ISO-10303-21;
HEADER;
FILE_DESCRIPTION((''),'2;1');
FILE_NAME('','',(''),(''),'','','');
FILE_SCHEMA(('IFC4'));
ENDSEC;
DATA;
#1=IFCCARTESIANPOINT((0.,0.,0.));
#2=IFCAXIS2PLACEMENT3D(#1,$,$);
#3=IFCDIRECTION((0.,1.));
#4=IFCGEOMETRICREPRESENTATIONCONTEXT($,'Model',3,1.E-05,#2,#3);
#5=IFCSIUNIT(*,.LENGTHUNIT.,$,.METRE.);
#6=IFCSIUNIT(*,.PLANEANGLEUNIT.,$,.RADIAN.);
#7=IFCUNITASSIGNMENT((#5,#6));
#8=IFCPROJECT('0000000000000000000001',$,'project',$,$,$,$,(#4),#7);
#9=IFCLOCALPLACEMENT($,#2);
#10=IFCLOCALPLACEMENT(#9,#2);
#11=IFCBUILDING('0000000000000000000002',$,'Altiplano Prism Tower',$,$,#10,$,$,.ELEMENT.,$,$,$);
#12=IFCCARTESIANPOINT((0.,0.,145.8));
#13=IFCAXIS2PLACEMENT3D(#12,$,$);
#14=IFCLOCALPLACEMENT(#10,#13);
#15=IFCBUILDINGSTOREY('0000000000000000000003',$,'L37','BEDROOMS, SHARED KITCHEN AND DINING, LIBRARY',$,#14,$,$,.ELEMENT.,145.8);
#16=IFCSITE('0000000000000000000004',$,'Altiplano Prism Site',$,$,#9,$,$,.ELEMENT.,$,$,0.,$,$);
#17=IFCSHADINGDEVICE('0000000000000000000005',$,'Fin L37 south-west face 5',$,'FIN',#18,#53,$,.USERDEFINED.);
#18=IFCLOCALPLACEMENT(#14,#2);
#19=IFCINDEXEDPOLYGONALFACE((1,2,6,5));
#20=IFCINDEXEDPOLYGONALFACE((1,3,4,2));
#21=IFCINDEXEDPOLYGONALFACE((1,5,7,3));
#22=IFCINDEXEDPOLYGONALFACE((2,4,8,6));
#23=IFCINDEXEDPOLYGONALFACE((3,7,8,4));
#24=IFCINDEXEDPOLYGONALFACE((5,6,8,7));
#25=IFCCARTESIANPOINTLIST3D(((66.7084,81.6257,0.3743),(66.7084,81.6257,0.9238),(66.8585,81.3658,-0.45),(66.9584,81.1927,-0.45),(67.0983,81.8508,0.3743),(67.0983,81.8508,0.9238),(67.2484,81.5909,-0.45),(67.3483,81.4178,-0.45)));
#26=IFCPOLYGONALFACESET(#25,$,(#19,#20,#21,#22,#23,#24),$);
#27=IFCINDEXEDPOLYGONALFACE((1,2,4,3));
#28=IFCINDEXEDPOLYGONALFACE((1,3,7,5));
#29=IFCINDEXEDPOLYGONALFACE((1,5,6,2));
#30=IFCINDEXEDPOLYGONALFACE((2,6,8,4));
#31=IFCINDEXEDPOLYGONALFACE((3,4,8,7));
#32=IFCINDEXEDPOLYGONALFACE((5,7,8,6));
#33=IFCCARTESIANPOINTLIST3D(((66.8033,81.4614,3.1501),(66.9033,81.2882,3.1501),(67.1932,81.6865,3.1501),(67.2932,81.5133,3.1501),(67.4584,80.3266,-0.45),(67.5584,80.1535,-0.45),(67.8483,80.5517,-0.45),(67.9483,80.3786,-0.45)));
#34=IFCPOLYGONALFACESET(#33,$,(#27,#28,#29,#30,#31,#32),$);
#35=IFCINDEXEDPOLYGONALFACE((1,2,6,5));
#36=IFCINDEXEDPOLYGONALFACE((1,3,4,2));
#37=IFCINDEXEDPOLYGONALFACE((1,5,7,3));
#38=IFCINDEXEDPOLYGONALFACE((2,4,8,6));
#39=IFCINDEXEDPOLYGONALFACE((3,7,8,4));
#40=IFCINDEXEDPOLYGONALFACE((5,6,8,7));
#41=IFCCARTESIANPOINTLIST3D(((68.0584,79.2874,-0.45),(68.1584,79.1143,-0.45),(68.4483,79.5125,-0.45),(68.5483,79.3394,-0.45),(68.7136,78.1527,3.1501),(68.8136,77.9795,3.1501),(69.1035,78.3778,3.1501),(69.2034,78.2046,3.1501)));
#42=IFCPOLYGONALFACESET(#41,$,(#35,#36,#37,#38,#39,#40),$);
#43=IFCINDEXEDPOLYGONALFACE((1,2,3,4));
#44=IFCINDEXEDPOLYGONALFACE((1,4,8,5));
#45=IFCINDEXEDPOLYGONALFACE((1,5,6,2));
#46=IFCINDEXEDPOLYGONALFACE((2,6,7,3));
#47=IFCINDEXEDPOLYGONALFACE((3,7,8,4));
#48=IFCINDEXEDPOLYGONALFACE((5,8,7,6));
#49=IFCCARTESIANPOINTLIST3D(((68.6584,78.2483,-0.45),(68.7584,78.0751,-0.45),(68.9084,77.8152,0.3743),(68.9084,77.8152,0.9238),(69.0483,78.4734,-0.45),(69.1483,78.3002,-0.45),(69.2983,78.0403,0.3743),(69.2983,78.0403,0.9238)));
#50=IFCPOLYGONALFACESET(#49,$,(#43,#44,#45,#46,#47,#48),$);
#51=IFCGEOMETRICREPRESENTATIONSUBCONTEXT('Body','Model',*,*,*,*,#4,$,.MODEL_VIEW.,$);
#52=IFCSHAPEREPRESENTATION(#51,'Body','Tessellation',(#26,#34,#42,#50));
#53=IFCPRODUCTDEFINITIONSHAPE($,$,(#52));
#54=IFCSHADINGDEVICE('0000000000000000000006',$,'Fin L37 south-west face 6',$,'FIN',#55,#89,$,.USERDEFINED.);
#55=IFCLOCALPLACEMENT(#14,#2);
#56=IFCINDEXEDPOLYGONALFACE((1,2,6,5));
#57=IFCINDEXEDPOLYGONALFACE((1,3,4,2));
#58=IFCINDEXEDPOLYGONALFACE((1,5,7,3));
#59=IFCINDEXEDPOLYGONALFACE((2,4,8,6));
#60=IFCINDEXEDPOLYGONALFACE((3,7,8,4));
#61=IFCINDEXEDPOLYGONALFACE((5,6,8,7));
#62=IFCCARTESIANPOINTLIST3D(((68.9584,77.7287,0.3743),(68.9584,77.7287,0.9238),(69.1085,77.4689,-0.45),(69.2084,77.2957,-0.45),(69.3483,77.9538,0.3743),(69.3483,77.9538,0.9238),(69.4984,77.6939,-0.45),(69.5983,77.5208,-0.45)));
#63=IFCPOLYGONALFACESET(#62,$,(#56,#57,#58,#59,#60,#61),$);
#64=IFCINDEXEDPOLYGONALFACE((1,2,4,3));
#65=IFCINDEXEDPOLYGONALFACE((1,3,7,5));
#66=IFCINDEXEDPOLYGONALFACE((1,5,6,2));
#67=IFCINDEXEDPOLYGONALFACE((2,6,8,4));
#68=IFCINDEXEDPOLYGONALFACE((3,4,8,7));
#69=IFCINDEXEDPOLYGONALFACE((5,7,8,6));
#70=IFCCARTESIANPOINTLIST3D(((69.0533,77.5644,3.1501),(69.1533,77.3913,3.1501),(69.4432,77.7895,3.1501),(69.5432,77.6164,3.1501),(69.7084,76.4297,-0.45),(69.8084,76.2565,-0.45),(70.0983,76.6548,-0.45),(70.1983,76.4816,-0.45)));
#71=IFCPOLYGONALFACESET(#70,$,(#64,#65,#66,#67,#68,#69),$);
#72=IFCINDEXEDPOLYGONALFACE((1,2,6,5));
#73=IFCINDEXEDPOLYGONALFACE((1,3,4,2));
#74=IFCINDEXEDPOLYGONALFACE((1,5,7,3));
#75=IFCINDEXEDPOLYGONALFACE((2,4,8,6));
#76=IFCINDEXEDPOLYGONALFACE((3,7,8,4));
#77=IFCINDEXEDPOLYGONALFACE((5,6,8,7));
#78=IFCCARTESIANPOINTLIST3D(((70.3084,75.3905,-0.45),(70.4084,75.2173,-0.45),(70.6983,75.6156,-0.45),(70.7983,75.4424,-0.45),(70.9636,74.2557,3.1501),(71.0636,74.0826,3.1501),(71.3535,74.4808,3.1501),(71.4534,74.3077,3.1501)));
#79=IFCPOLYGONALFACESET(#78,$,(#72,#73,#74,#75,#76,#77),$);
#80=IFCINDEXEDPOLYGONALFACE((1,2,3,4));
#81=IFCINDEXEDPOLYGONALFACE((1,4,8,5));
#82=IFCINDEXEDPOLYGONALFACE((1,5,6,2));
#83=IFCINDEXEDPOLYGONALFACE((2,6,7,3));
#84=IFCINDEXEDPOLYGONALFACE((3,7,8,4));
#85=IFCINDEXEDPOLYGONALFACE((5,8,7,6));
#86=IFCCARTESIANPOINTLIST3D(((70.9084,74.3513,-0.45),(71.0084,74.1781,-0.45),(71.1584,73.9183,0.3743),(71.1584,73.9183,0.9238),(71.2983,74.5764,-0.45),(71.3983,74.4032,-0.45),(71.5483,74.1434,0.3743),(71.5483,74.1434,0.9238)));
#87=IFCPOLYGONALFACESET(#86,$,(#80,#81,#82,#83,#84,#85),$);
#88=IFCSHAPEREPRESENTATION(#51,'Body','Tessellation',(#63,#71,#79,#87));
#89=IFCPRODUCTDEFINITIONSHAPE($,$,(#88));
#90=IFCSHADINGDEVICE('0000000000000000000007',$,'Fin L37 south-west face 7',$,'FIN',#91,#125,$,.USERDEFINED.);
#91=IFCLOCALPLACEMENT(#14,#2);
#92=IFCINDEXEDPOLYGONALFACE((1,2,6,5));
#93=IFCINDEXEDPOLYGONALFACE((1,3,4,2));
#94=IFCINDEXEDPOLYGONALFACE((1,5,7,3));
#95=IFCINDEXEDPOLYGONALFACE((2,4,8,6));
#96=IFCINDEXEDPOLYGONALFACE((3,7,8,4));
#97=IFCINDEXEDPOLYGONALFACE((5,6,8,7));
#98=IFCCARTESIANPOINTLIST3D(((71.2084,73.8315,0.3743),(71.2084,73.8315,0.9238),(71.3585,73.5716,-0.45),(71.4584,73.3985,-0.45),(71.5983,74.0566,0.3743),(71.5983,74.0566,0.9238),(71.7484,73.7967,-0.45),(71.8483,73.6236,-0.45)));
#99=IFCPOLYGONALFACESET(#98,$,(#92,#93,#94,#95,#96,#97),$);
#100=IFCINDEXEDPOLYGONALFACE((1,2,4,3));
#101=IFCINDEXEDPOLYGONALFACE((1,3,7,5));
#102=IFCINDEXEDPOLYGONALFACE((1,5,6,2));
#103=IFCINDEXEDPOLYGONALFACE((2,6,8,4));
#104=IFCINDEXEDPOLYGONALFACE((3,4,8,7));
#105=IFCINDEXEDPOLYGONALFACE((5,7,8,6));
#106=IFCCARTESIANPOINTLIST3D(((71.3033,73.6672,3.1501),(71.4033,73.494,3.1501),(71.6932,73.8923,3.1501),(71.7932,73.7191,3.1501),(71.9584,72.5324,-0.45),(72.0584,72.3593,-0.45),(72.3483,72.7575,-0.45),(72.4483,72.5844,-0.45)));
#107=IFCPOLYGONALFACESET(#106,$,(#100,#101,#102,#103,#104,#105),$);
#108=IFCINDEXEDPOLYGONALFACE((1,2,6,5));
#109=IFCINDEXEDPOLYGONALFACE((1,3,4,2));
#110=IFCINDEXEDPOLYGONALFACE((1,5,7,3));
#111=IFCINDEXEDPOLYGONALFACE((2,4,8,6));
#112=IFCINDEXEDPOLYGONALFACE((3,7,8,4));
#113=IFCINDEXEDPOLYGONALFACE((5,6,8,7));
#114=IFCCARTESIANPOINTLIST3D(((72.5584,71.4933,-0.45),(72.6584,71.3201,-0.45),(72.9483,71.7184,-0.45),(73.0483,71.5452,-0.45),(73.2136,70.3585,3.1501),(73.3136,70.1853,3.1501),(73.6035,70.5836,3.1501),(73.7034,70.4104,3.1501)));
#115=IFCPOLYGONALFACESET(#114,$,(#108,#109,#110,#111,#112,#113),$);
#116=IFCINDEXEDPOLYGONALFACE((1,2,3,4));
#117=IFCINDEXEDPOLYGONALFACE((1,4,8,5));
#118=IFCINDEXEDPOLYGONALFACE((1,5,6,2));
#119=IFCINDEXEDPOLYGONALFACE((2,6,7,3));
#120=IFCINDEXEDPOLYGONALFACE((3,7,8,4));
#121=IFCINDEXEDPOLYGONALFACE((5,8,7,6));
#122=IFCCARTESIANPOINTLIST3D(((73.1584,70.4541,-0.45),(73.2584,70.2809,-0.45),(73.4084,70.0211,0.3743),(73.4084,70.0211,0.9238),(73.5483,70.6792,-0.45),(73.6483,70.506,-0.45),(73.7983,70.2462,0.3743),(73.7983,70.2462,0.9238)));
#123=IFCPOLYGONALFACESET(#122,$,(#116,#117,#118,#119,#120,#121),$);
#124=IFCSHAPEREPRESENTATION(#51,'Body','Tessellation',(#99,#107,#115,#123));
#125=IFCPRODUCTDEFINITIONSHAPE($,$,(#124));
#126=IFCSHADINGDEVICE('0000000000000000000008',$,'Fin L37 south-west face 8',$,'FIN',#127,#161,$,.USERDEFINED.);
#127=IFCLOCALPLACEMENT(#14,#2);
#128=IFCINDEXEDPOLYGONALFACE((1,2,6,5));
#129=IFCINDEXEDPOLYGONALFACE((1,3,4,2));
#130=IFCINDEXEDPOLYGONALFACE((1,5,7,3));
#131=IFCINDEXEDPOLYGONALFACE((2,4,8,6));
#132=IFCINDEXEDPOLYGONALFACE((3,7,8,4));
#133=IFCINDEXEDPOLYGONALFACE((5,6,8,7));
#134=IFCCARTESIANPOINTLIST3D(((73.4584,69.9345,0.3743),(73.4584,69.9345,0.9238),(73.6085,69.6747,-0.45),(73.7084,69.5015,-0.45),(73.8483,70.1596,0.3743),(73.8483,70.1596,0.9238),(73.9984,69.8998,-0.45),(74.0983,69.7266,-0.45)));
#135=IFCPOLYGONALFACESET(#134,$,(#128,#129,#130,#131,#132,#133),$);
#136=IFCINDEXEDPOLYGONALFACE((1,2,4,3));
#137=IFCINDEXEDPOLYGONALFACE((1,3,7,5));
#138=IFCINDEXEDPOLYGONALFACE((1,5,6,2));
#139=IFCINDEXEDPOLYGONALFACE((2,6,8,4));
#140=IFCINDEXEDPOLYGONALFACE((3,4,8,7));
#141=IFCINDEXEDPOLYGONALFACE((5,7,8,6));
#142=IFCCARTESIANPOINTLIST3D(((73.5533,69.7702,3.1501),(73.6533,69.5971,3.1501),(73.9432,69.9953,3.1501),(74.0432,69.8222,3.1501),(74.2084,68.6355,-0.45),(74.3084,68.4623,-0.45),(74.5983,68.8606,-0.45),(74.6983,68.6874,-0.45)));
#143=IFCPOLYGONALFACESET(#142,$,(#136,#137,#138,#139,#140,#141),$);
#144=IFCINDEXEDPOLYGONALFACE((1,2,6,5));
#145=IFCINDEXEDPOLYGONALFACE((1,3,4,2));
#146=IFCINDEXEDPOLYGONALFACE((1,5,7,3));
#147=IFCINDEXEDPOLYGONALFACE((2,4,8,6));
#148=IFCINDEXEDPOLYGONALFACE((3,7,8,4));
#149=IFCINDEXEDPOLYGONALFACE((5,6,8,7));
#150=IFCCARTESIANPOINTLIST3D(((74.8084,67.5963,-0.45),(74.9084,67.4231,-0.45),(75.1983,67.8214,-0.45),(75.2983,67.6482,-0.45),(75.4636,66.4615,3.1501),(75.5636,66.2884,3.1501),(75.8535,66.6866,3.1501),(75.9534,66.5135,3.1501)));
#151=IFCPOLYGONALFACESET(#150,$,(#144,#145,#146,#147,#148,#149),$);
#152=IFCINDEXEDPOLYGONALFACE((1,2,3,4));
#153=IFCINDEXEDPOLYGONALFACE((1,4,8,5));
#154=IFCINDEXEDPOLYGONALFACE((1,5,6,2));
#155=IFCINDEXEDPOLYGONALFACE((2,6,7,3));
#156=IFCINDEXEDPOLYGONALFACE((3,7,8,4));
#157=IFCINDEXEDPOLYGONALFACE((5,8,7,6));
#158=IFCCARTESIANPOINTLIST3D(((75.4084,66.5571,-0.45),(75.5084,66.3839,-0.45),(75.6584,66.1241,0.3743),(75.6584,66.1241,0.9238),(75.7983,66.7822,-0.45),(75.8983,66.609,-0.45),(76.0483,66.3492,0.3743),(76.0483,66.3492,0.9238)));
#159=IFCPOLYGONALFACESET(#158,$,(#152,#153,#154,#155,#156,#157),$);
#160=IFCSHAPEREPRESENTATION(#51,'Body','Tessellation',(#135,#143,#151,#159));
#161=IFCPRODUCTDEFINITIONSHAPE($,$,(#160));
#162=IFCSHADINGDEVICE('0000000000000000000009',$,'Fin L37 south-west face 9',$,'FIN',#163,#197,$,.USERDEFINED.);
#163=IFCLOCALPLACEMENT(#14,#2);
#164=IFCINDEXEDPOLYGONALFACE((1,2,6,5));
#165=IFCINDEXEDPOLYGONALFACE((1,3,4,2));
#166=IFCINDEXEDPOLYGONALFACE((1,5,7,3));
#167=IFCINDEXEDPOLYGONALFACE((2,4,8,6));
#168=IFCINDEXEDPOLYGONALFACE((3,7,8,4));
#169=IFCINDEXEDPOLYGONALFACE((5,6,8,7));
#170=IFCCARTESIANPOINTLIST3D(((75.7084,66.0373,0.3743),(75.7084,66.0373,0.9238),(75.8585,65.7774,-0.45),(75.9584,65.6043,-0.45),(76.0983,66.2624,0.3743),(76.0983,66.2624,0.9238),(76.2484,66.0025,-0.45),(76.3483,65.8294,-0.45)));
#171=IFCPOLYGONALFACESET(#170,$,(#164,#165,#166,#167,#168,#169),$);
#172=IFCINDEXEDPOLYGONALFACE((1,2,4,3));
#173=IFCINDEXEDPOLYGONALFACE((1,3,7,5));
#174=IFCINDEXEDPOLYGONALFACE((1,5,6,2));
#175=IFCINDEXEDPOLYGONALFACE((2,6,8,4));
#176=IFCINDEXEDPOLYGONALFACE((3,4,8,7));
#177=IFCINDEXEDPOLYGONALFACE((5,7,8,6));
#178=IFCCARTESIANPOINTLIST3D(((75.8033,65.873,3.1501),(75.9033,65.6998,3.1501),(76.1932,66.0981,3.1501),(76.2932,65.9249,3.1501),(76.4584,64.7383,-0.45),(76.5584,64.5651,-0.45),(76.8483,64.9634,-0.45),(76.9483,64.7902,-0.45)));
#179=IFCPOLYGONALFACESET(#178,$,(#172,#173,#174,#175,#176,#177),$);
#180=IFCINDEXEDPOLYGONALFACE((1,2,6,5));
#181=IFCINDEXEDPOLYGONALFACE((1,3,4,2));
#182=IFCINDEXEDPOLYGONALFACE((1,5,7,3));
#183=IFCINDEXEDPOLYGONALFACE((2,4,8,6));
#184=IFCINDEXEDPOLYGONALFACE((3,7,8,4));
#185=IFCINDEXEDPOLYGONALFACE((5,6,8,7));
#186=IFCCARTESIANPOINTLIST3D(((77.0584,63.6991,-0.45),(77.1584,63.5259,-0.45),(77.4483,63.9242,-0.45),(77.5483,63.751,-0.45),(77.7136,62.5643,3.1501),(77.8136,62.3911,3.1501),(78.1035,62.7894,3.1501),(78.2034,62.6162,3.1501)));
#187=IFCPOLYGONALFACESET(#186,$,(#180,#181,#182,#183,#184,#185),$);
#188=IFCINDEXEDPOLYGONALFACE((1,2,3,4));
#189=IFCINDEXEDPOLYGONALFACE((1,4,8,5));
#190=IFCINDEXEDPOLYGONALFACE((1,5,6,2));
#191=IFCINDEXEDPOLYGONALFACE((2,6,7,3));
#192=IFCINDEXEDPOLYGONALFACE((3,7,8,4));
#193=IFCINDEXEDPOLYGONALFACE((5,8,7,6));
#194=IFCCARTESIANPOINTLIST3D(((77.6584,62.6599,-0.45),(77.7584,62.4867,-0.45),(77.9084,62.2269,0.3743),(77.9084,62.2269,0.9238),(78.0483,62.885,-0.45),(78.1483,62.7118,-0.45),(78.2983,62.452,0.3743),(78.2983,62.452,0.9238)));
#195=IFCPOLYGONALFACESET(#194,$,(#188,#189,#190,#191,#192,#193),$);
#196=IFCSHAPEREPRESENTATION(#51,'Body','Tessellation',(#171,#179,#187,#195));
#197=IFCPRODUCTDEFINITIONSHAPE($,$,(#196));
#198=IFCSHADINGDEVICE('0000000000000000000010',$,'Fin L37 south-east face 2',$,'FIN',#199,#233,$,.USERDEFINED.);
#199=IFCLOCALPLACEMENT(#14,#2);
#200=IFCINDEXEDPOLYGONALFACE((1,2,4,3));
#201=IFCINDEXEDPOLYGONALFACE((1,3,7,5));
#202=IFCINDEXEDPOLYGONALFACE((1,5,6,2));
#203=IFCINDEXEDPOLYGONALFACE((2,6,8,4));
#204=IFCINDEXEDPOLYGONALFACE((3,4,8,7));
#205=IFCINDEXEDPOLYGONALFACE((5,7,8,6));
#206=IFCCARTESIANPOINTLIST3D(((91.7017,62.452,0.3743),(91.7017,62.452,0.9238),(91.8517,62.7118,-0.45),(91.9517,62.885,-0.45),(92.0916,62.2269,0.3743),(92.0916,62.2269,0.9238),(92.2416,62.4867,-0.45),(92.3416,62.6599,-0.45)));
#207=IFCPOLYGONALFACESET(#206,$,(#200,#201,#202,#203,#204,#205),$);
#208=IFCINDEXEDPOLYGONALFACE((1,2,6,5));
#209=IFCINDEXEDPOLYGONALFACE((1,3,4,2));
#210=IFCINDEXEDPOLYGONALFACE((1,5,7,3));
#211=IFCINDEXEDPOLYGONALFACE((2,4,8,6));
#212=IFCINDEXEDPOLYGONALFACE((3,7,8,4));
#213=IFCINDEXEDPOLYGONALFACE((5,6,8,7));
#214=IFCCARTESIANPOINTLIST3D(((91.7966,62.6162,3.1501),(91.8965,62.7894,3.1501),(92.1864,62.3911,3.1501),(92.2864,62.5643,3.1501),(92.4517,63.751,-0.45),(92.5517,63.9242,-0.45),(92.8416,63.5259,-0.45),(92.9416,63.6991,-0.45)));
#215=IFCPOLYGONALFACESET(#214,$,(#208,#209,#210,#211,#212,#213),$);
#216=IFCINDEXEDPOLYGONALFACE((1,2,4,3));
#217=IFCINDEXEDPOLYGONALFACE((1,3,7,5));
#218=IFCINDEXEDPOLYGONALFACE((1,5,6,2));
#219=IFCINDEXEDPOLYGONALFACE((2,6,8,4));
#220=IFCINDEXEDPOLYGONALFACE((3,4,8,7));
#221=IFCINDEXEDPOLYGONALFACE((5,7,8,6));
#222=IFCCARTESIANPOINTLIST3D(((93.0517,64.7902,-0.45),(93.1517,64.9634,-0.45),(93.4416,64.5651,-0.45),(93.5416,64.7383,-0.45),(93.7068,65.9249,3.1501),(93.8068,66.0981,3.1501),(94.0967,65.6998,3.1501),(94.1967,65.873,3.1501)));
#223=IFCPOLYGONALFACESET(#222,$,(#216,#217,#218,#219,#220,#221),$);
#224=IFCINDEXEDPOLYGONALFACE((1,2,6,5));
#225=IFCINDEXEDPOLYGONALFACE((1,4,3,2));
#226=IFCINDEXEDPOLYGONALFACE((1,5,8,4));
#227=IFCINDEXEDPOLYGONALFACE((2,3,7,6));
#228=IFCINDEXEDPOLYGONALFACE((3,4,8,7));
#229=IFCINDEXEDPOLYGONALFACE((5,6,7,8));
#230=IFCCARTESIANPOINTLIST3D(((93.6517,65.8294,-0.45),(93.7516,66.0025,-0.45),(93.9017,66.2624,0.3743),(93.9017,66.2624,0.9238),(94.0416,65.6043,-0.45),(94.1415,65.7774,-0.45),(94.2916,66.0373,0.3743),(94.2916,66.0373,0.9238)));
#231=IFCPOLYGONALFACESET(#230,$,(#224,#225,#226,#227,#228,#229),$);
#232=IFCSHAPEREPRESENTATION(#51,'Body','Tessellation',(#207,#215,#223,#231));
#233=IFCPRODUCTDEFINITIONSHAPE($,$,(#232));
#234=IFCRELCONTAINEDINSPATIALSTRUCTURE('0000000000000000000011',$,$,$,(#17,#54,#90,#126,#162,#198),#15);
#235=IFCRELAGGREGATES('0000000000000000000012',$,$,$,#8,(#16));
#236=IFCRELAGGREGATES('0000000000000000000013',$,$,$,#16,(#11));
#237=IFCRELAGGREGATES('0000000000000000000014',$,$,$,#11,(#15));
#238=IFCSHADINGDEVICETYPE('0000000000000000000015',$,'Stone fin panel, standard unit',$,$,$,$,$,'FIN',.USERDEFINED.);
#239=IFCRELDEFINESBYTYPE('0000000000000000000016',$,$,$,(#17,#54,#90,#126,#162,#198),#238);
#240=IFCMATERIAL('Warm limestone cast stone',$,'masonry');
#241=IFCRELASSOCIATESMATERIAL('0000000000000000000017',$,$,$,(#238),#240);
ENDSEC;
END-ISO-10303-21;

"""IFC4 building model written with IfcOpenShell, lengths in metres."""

from ifc_helpers import new_model, si_unit, direction, frame, origin, place, context, subcontext, project, spatial, polyline, outline, extrude, source, transform, mapped, material, type_object, element, save


model = new_model("IFC4")

# Units and contexts
model_context = context("Model", 3, precision=1e-05, world=origin(), true_north=direction((0.0, 1.0)))
body_context = subcontext(model_context, "Body", "Model", "MODEL_VIEW")
ifc_project = project(units=[si_unit("LENGTHUNIT", "METRE"), si_unit("PLANEANGLEUNIT", "RADIAN")], contexts=[model_context])

# Site, building, storey
site_placement = place(None, origin())
site = spatial("IfcSite", under=ifc_project, at=site_placement, Name="Altiplano Prism Site", CompositionType="ELEMENT", RefElevation=0.0)
building_placement = place(site_placement, origin())
building = spatial("IfcBuilding", under=site, at=building_placement, Name="Altiplano Prism Tower", CompositionType="ELEMENT")
storey_placement = place(building_placement, frame((0.0, 0.0, 145.8)))
storey = spatial("IfcBuildingStorey", under=building, at=storey_placement, Name="L37", Description="BEDROOMS, SHARED KITCHEN AND DINING, LIBRARY", CompositionType="ELEMENT", Elevation=145.8)

# Shading devices
ifc_material_1 = material(Name="Warm limestone cast stone", Category="masonry")
shading_device_type_1 = type_object("IfcShadingDeviceType", Name="Stone fin panel, standard unit", ElementType="FIN", PredefinedType="USERDEFINED", material=ifc_material_1)
shared_shape_1 = source(origin(), body_context, "Body", "SweptSolid", [
    extrude(outline(polyline([(-2.2, 1.3738), (-2.2, 0.8242), (-1.8999, 0.0), (-1.7, 0.0), (-2.2, 1.3738)])), frame((0.0, -0.1499, 0.0), z_axis=(0.0, -1.0, 0.0), x_axis=(1.0, 0.0, 0.0)), (0.0, 0.0, 1.0), 0.4502),
    extrude(outline(polyline([(-2.0103, 3.6001), (-0.7, 0.0), (-0.5, 0.0), (-1.8103, 3.6001), (-2.0103, 3.6001)])), frame((0.0, -0.1499, 0.0), z_axis=(0.0, -1.0, 0.0), x_axis=(1.0, 0.0, 0.0)), (0.0, 0.0, 1.0), 0.4502),
    extrude(outline(polyline([(1.8103, 3.6001), (0.5, 0.0), (0.7, 0.0), (2.0103, 3.6001), (1.8103, 3.6001)])), frame((0.0, -0.1499, 0.0), z_axis=(0.0, -1.0, 0.0), x_axis=(1.0, 0.0, 0.0)), (0.0, 0.0, 1.0), 0.4502),
    extrude(outline(polyline([(2.2, 0.8242), (2.2, 1.3738), (1.7, 0.0), (1.8999, 0.0), (2.2, 0.8242)])), frame((0.0, -0.1499, 0.0), z_axis=(0.0, -1.0, 0.0), x_axis=(1.0, 0.0, 0.0)), (0.0, 0.0, 1.0), 0.4502),
])
shading_device_1_placement = place(storey_placement, origin())
element("IfcShadingDevice", 1, at=shading_device_1_placement, inside=storey, type_object=shading_device_type_1, Name="Fin L37 south-west face 5", ObjectType="FIN", PredefinedType="USERDEFINED", context=body_context, shape_type="MappedRepresentation", body=[
    mapped(shared_shape_1, transform((68.3281, 80.0205, -0.45), x_axis=(0.5, -0.866025, 0.0), y_axis=(0.866025, 0.5, 0.0), z_axis=(0.0, 0.0, 1.0))),
])
shading_device_2_placement = place(storey_placement, origin())
element("IfcShadingDevice", 2, at=shading_device_2_placement, inside=storey, type_object=shading_device_type_1, Name="Fin L37 south-west face 6", ObjectType="FIN", PredefinedType="USERDEFINED", context=body_context, shape_type="MappedRepresentation", body=[
    mapped(shared_shape_1, transform((70.5781, 76.1235, -0.45), x_axis=(0.5, -0.866025, 0.0), y_axis=(0.866025, 0.5, 0.0), z_axis=(0.0, 0.0, 1.0))),
])
shading_device_3_placement = place(storey_placement, origin())
element("IfcShadingDevice", 3, at=shading_device_3_placement, inside=storey, type_object=shading_device_type_1, Name="Fin L37 south-west face 7", ObjectType="FIN", PredefinedType="USERDEFINED", context=body_context, shape_type="MappedRepresentation", body=[
    mapped(shared_shape_1, transform((72.8281, 72.2263, -0.45), x_axis=(0.5, -0.866025, 0.0), y_axis=(0.866025, 0.5, 0.0), z_axis=(0.0, 0.0, 1.0))),
])
shading_device_4_placement = place(storey_placement, origin())
element("IfcShadingDevice", 4, at=shading_device_4_placement, inside=storey, type_object=shading_device_type_1, Name="Fin L37 south-west face 8", ObjectType="FIN", PredefinedType="USERDEFINED", context=body_context, shape_type="MappedRepresentation", body=[
    mapped(shared_shape_1, transform((75.0781, 68.3293, -0.45), x_axis=(0.5, -0.866025, 0.0), y_axis=(0.866025, 0.5, 0.0), z_axis=(0.0, 0.0, 1.0))),
])
shading_device_5_placement = place(storey_placement, origin())
element("IfcShadingDevice", 5, at=shading_device_5_placement, inside=storey, type_object=shading_device_type_1, Name="Fin L37 south-west face 9", ObjectType="FIN", PredefinedType="USERDEFINED", context=body_context, shape_type="MappedRepresentation", body=[
    mapped(shared_shape_1, transform((77.3281, 64.4321, -0.45), x_axis=(0.5, -0.866025, 0.0), y_axis=(0.866025, 0.5, 0.0), z_axis=(0.0, 0.0, 1.0))),
])
shading_device_6_placement = place(storey_placement, origin())
element("IfcShadingDevice", 6, at=shading_device_6_placement, inside=storey, type_object=shading_device_type_1, Name="Fin L37 south-east face 2", ObjectType="FIN", PredefinedType="USERDEFINED", context=body_context, shape_type="MappedRepresentation", body=[
    mapped(shared_shape_1, transform((92.6719, 64.4321, -0.45), x_axis=(0.5, 0.866025, 0.0), y_axis=(-0.866025, 0.5, 0.0), z_axis=(0.0, 0.0, 1.0))),
])

save(model, "model.ifc")
